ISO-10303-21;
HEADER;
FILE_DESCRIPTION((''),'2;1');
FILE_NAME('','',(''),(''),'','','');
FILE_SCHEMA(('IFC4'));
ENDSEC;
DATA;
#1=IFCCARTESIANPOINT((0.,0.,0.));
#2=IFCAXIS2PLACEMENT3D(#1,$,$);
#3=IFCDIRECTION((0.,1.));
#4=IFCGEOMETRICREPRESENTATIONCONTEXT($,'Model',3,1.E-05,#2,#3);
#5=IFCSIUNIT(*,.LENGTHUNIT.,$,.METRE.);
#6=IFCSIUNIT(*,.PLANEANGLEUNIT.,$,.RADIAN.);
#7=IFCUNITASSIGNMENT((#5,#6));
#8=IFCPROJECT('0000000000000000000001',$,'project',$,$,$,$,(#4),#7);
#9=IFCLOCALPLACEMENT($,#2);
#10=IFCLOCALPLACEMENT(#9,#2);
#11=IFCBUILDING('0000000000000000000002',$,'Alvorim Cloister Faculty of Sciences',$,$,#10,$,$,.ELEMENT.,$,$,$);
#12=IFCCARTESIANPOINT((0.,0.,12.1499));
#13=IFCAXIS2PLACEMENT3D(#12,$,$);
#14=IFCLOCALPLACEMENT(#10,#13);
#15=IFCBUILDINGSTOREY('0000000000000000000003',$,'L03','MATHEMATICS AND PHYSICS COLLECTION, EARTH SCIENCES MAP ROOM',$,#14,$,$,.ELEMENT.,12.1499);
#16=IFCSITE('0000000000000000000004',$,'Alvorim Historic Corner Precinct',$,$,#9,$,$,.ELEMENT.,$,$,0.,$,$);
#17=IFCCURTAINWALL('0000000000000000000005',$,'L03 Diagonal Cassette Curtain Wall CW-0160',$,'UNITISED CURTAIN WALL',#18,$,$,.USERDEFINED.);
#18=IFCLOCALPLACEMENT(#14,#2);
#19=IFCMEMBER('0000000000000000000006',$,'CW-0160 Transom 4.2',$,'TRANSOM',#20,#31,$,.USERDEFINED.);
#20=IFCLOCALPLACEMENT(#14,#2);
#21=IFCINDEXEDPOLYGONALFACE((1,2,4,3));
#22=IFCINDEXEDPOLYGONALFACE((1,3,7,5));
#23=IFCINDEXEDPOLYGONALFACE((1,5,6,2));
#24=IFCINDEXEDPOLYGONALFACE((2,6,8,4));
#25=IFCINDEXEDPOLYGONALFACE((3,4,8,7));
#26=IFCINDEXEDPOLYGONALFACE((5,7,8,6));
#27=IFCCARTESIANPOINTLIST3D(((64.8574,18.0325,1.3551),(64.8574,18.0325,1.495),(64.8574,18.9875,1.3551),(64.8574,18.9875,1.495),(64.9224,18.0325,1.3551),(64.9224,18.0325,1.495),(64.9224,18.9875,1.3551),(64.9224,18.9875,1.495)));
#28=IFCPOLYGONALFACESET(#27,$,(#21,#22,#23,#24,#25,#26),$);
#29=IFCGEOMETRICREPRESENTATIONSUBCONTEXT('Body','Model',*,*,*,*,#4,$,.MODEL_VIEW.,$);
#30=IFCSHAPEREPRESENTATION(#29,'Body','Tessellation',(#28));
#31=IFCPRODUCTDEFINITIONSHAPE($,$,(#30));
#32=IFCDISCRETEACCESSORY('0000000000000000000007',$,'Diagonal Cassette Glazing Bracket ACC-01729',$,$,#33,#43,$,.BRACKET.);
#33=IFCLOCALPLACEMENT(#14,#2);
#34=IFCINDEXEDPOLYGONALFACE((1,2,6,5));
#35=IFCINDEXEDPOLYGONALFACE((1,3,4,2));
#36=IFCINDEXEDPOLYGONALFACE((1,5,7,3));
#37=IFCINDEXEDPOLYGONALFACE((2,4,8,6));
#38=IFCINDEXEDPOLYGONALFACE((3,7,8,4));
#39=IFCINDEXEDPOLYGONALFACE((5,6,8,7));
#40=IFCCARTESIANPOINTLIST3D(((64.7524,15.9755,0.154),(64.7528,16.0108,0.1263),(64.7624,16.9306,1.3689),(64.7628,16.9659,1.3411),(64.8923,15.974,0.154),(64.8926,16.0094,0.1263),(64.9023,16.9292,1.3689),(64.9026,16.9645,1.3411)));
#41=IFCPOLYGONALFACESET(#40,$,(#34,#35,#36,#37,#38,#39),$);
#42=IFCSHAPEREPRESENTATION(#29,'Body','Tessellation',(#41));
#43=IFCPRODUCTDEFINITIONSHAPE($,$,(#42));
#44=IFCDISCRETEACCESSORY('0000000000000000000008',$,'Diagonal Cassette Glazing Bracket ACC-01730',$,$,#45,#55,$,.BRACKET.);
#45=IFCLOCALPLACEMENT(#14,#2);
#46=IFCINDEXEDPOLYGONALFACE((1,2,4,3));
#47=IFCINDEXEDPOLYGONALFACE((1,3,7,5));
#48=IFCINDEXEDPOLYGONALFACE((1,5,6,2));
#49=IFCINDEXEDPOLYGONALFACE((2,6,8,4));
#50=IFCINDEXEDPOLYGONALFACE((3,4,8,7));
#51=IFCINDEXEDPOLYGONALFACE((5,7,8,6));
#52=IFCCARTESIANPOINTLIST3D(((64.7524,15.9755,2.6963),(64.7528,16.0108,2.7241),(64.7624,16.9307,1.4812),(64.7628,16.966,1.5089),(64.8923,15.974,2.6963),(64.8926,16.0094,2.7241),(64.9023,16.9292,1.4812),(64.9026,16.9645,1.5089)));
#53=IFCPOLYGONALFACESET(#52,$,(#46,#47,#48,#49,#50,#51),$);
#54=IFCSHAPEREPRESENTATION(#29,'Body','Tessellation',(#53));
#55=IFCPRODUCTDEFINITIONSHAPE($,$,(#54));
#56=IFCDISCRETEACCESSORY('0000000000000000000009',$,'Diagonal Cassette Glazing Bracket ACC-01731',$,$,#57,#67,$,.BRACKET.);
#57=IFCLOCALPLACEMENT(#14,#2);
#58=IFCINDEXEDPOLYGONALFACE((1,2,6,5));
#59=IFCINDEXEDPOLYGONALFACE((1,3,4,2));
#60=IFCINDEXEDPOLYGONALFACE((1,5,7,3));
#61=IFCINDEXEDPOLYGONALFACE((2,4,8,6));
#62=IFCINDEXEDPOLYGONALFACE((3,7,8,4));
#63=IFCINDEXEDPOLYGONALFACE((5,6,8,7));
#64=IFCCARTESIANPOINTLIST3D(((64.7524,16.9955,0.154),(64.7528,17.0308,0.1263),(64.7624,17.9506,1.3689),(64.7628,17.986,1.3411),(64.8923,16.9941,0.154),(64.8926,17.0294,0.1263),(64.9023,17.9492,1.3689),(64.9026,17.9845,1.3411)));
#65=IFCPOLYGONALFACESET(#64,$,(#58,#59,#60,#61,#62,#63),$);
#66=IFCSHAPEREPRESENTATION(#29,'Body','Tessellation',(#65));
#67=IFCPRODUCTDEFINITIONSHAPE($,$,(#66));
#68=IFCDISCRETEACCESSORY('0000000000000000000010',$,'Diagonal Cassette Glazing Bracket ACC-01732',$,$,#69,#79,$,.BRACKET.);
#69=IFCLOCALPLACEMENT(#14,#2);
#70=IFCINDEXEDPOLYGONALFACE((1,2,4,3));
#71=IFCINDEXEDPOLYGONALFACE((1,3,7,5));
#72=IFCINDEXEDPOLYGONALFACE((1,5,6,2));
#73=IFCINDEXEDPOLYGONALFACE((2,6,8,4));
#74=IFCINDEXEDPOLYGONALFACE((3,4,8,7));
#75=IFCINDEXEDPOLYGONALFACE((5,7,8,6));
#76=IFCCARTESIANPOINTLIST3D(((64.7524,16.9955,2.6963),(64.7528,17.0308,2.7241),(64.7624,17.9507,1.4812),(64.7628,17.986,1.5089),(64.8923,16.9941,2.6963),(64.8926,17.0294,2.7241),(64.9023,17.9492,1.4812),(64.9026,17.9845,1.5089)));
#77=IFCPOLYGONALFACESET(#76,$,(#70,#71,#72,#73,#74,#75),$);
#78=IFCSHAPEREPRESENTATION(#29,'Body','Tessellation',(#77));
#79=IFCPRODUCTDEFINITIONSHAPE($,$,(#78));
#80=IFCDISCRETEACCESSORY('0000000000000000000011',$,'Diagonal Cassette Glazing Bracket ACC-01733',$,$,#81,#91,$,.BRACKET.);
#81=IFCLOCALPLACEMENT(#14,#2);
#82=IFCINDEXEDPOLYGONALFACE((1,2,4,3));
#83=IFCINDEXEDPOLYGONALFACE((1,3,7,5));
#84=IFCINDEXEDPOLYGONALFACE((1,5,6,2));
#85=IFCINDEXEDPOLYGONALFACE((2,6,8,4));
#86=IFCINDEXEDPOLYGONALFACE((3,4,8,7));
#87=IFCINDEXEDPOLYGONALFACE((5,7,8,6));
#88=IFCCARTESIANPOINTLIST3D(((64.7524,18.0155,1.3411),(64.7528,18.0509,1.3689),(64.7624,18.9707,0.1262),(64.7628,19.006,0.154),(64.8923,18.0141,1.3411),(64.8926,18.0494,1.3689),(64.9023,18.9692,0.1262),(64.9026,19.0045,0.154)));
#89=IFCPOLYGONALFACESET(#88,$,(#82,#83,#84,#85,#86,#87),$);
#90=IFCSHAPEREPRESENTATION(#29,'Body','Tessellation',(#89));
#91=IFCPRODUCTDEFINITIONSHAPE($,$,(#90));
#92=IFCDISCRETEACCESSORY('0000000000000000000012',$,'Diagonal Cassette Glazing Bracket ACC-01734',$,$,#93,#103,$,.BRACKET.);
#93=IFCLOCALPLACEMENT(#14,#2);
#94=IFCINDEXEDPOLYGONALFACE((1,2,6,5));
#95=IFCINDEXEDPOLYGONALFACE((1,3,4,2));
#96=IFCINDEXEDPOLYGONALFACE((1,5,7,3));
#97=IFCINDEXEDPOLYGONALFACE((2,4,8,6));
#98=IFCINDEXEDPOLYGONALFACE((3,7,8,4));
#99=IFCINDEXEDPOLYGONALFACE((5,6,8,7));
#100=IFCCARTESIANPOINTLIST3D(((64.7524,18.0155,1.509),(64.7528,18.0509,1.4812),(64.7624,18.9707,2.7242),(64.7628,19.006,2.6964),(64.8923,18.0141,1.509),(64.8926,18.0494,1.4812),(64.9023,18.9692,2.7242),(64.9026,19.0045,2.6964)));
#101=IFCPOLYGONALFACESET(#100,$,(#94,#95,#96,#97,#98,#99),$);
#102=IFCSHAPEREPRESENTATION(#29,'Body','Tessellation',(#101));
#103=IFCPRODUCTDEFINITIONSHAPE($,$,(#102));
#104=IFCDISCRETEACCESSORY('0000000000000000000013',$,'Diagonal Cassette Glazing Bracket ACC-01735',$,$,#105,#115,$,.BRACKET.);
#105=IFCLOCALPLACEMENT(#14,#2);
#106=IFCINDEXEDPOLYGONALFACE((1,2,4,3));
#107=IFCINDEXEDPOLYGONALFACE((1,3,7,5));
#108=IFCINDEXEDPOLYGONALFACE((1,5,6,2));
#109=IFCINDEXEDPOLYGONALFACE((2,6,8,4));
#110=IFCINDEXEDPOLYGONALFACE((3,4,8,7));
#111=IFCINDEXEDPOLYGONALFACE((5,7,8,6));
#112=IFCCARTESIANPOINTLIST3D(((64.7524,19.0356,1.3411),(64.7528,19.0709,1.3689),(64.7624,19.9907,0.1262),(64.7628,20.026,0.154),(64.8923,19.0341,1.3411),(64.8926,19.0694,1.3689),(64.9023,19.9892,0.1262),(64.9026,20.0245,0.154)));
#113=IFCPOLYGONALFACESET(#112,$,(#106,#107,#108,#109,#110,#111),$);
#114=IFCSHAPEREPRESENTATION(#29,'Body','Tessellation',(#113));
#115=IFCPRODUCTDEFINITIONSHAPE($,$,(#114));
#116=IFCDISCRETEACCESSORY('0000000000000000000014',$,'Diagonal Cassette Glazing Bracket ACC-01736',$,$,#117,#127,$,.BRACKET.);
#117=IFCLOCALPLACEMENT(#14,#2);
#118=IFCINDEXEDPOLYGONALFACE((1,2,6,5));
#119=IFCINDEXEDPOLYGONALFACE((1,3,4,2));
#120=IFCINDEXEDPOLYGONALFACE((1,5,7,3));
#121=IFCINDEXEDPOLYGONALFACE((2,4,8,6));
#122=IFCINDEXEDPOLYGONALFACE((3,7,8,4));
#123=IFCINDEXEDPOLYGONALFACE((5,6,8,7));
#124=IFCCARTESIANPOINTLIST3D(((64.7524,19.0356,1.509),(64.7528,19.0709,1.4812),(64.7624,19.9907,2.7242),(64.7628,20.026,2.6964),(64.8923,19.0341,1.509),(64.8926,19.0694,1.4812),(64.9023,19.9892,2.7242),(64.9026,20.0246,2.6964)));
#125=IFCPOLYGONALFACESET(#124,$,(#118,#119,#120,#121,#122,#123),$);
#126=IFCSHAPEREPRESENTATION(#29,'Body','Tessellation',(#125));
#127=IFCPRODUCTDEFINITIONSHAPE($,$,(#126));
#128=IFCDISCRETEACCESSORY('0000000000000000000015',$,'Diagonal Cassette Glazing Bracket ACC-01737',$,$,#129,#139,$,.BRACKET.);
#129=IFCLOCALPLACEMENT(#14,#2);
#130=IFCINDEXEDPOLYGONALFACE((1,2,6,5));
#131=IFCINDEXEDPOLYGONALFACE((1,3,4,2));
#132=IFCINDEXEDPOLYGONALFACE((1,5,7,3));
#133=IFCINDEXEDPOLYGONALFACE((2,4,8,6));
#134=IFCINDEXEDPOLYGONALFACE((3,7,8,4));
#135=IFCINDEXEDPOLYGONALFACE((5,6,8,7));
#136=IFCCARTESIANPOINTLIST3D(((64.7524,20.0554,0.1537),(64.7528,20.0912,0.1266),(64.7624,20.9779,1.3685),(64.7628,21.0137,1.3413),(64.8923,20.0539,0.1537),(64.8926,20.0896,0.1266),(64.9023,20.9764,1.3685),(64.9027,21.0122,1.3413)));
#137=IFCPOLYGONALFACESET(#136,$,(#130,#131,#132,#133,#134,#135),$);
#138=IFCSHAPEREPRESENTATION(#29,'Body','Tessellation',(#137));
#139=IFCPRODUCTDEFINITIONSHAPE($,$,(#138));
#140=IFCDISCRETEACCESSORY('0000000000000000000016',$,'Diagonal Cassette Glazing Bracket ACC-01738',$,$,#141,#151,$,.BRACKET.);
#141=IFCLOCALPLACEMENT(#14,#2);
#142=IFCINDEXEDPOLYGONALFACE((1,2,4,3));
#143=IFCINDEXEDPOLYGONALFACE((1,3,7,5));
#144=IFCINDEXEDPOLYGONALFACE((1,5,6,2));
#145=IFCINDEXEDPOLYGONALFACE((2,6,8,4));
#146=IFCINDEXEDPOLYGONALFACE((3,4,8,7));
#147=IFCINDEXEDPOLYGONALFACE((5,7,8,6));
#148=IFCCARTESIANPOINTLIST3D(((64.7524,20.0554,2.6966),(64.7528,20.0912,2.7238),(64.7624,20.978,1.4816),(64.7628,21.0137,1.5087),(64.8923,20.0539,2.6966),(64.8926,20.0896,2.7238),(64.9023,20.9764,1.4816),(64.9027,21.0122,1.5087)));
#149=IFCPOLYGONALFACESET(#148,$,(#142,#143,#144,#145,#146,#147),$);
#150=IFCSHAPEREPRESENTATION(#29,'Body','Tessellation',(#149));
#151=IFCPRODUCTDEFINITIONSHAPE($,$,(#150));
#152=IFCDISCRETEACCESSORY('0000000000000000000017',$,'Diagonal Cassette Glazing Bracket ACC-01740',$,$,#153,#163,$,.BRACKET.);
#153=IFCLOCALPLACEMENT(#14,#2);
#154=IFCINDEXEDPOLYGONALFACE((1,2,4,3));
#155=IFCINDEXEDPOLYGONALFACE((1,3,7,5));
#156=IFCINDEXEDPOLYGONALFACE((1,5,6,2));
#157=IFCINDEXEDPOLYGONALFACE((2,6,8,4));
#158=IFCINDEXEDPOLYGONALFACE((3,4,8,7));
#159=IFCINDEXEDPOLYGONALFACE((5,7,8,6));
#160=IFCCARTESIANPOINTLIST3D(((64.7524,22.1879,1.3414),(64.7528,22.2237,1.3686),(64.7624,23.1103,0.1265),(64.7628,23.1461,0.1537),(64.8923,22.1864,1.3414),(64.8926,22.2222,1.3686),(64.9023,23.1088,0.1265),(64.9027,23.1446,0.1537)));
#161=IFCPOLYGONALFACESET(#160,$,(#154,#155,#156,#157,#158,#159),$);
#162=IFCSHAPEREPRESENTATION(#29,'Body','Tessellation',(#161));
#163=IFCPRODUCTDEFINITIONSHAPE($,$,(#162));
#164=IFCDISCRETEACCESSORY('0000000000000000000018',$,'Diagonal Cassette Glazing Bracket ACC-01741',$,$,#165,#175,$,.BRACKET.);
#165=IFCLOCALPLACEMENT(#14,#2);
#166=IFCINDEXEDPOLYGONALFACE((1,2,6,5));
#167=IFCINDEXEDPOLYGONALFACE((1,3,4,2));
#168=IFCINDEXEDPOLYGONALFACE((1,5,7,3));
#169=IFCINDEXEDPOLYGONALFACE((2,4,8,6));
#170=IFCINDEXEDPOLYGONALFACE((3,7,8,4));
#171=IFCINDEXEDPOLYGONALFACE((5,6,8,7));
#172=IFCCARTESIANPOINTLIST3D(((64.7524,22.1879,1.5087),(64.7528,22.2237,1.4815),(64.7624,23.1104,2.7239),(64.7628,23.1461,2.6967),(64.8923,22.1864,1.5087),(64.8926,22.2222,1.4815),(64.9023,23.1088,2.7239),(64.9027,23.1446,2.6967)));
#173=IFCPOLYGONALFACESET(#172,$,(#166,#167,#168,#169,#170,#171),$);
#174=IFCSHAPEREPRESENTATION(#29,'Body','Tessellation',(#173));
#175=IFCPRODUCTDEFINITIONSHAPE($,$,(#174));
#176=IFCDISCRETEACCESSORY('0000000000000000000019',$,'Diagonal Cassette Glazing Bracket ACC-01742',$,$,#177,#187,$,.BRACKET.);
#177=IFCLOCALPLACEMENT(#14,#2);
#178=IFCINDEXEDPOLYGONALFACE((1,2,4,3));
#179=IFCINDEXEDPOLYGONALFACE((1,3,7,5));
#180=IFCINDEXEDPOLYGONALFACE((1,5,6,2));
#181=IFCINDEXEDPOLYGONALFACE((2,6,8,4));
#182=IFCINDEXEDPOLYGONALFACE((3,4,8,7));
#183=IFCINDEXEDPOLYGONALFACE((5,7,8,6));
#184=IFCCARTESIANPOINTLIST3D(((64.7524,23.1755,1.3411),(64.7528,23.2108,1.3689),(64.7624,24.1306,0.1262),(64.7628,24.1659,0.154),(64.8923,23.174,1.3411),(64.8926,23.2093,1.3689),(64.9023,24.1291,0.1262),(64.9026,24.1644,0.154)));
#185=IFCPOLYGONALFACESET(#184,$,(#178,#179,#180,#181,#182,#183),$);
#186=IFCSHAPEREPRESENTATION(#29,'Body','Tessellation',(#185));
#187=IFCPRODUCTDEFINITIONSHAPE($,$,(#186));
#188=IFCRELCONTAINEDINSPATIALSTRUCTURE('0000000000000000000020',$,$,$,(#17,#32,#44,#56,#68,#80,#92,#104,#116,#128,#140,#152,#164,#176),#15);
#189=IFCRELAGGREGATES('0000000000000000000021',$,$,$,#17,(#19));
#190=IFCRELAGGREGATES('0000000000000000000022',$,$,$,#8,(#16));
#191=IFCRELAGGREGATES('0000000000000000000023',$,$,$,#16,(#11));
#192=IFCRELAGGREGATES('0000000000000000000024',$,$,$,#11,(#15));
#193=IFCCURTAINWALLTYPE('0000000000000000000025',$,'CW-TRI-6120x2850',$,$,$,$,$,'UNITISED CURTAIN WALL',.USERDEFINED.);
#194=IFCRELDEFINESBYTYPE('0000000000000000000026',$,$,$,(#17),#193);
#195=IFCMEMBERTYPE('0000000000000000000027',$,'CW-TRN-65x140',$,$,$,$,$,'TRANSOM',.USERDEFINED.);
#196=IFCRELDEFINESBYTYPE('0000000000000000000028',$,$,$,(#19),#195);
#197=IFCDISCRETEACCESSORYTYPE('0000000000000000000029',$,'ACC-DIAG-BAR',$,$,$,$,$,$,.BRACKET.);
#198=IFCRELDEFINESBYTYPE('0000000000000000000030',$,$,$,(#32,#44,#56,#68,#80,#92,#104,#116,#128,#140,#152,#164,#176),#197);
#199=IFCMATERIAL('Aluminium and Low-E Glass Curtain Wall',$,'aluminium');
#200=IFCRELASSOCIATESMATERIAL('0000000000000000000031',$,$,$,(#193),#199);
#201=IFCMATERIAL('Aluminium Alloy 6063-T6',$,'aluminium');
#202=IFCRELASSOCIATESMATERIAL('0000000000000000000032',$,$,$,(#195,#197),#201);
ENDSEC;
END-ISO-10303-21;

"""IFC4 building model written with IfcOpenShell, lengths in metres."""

from ifc_helpers import new_model, si_unit, direction, frame, origin, origin_2d, place, context, subcontext, project, spatial, rectangle, extrude, material, material_profile, profile_set, type_object, element, aggregate, save


model = new_model("IFC4")

# Units and contexts
model_context = context("Model", 3, precision=1e-05, world=origin(), true_north=direction((0.0, 1.0)))
body_context = subcontext(model_context, "Body", "Model", "MODEL_VIEW")
ifc_project = project(units=[si_unit("LENGTHUNIT", "METRE"), si_unit("PLANEANGLEUNIT", "RADIAN")], contexts=[model_context])

# Site, building, storey
site_placement = place(None, origin())
site = spatial("IfcSite", under=ifc_project, at=site_placement, Name="Alvorim Historic Corner Precinct", CompositionType="ELEMENT", RefElevation=0.0)
building_placement = place(site_placement, origin())
building = spatial("IfcBuilding", under=site, at=building_placement, Name="Alvorim Cloister Faculty of Sciences", CompositionType="ELEMENT")
storey_placement = place(building_placement, frame((0.0, 0.0, 12.1499)))
storey = spatial("IfcBuildingStorey", under=building, at=storey_placement, Name="L03", Description="MATHEMATICS AND PHYSICS COLLECTION, EARTH SCIENCES MAP ROOM", CompositionType="ELEMENT", Elevation=12.1499)

# Curtain wall, member
ifc_material_1 = material(Name="Aluminium and Low-E Glass Curtain Wall", Category="aluminium")
curtain_wall_type = type_object("IfcCurtainWallType", Name="CW-TRI-6120x2850", ElementType="UNITISED CURTAIN WALL", PredefinedType="USERDEFINED", material=ifc_material_1)
curtain_wall_placement = place(storey_placement, origin())
curtain_wall = element("IfcCurtainWall", 1, at=curtain_wall_placement, inside=storey, type_object=curtain_wall_type, Name="L03 Diagonal Cassette Curtain Wall CW-0160", ObjectType="UNITISED CURTAIN WALL", PredefinedType="USERDEFINED")
ifc_material_2 = material(Name="Aluminium Alloy 6063-T6", Category="aluminium")
ifc_material_profile_1 = material_profile(ifc_material_2, rectangle(XDim=0.0649, YDim=0.1399, at=origin_2d()), Name="ALU-TRN-65x140")
ifc_profile_set_1 = profile_set([ifc_material_profile_1], Name="Aluminium Alloy 6063-T6")
member_type_1 = type_object("IfcMemberType", Name="CW-TRN-65x140", ElementType="TRANSOM", PredefinedType="USERDEFINED", material=ifc_profile_set_1)
member_1_placement = place(storey_placement, frame((64.8899, 18.0325, 1.425), z_axis=(0.0, 1.0, 0.0), x_axis=(-1.0, 0.0, 0.0)))
member_1 = element("IfcMember", 2, at=member_1_placement, type_object=member_type_1, Name="CW-0160 Transom 4.2", ObjectType="TRANSOM", PredefinedType="USERDEFINED", context=body_context, shape_type="SweptSolid", body=[
    extrude(rectangle(XDim=0.0649, YDim=0.1399, at=origin_2d()), origin(), (0.0, 0.0, 1.0), 0.9551),
])
aggregate(curtain_wall, [member_1])

# Discrete accessories
discrete_accessory_type = type_object("IfcDiscreteAccessoryType", Name="ACC-DIAG-BAR", PredefinedType="BRACKET", material=ifc_material_2)
discrete_accessory_1_placement = place(storey_placement, frame((64.8225, 15.9924, 0.1401), z_axis=(0.006477, 0.618032, 0.786126), x_axis=(-0.999945, 0.01048, 0.0)))
element("IfcDiscreteAccessory", 3, at=discrete_accessory_1_placement, inside=storey, type_object=discrete_accessory_type, Name="Diagonal Cassette Glazing Bracket ACC-01729", PredefinedType="BRACKET", context=body_context, shape_type="SweptSolid", body=[
    extrude(rectangle(XDim=0.1399, YDim=0.0449, at=origin_2d()), origin(), (0.0, 0.0, 1.0), 1.5454),
])
discrete_accessory_2_placement = place(storey_placement, frame((64.8225, 15.9924, 2.7102), z_axis=(0.006477, 0.617955, -0.786187), x_axis=(-0.999945, 0.01048, 0.0)))
element("IfcDiscreteAccessory", 4, at=discrete_accessory_2_placement, inside=storey, type_object=discrete_accessory_type, Name="Diagonal Cassette Glazing Bracket ACC-01730", PredefinedType="BRACKET", context=body_context, shape_type="SweptSolid", body=[
    extrude(rectangle(XDim=0.1399, YDim=0.0449, at=origin_2d()), origin(), (0.0, 0.0, 1.0), 1.5457),
])
discrete_accessory_3_placement = place(storey_placement, frame((64.8225, 17.0125, 0.1401), z_axis=(0.006477, 0.618032, 0.786126), x_axis=(-0.999945, 0.01048, 0.0)))
element("IfcDiscreteAccessory", 5, at=discrete_accessory_3_placement, inside=storey, type_object=discrete_accessory_type, Name="Diagonal Cassette Glazing Bracket ACC-01731", PredefinedType="BRACKET", context=body_context, shape_type="SweptSolid", body=[
    extrude(rectangle(XDim=0.1399, YDim=0.0449, at=origin_2d()), origin(), (0.0, 0.0, 1.0), 1.5454),
])
discrete_accessory_4_placement = place(storey_placement, frame((64.8225, 17.0125, 2.7102), z_axis=(0.006477, 0.617955, -0.786187), x_axis=(-0.999945, 0.01048, 0.0)))
element("IfcDiscreteAccessory", 6, at=discrete_accessory_4_placement, inside=storey, type_object=discrete_accessory_type, Name="Diagonal Cassette Glazing Bracket ACC-01732", PredefinedType="BRACKET", context=body_context, shape_type="SweptSolid", body=[
    extrude(rectangle(XDim=0.1399, YDim=0.0449, at=origin_2d()), origin(), (0.0, 0.0, 1.0), 1.5457),
])
discrete_accessory_5_placement = place(storey_placement, frame((64.8225, 18.0325, 1.355), z_axis=(0.006477, 0.618032, -0.786126), x_axis=(-0.999945, 0.01048, 0.0)))
element("IfcDiscreteAccessory", 7, at=discrete_accessory_5_placement, inside=storey, type_object=discrete_accessory_type, Name="Diagonal Cassette Glazing Bracket ACC-01733", PredefinedType="BRACKET", context=body_context, shape_type="SweptSolid", body=[
    extrude(rectangle(XDim=0.1399, YDim=0.0449, at=origin_2d()), origin(), (0.0, 0.0, 1.0), 1.5454),
])
discrete_accessory_6_placement = place(storey_placement, frame((64.8225, 18.0325, 1.4951), z_axis=(0.006477, 0.617955, 0.786187), x_axis=(-0.999945, 0.01048, 0.0)))
element("IfcDiscreteAccessory", 8, at=discrete_accessory_6_placement, inside=storey, type_object=discrete_accessory_type, Name="Diagonal Cassette Glazing Bracket ACC-01734", PredefinedType="BRACKET", context=body_context, shape_type="SweptSolid", body=[
    extrude(rectangle(XDim=0.1399, YDim=0.0449, at=origin_2d()), origin(), (0.0, 0.0, 1.0), 1.5457),
])
discrete_accessory_7_placement = place(storey_placement, frame((64.8225, 19.0525, 1.355), z_axis=(0.006477, 0.618032, -0.786126), x_axis=(-0.999945, 0.01048, 0.0)))
element("IfcDiscreteAccessory", 9, at=discrete_accessory_7_placement, inside=storey, type_object=discrete_accessory_type, Name="Diagonal Cassette Glazing Bracket ACC-01735", PredefinedType="BRACKET", context=body_context, shape_type="SweptSolid", body=[
    extrude(rectangle(XDim=0.1399, YDim=0.0449, at=origin_2d()), origin(), (0.0, 0.0, 1.0), 1.5454),
])
discrete_accessory_8_placement = place(storey_placement, frame((64.8225, 19.0525, 1.4951), z_axis=(0.006477, 0.617955, 0.786187), x_axis=(-0.999945, 0.01048, 0.0)))
element("IfcDiscreteAccessory", 10, at=discrete_accessory_8_placement, inside=storey, type_object=discrete_accessory_type, Name="Diagonal Cassette Glazing Bracket ACC-01736", PredefinedType="BRACKET", context=body_context, shape_type="SweptSolid", body=[
    extrude(rectangle(XDim=0.1399, YDim=0.0449, at=origin_2d()), origin(), (0.0, 0.0, 1.0), 1.5457),
])
discrete_accessory_9_placement = place(storey_placement, frame((64.8225, 20.0725, 0.1401), z_axis=(0.006562, 0.60479, 0.796358), x_axis=(-0.999941, 0.010849, 0.0)))
element("IfcDiscreteAccessory", 11, at=discrete_accessory_9_placement, inside=storey, type_object=discrete_accessory_type, Name="Diagonal Cassette Glazing Bracket ACC-01737", PredefinedType="BRACKET", context=body_context, shape_type="SweptSolid", body=[
    extrude(rectangle(XDim=0.1399, YDim=0.0449, at=origin_2d()), origin(), (0.0, 0.0, 1.0), 1.5254),
])
discrete_accessory_10_placement = place(storey_placement, frame((64.8225, 20.0725, 2.7102), z_axis=(0.006561, 0.604713, -0.796416), x_axis=(-0.999941, 0.010849, 0.0)))
element("IfcDiscreteAccessory", 12, at=discrete_accessory_10_placement, inside=storey, type_object=discrete_accessory_type, Name="Diagonal Cassette Glazing Bracket ACC-01738", PredefinedType="BRACKET", context=body_context, shape_type="SweptSolid", body=[
    extrude(rectangle(XDim=0.1399, YDim=0.0449, at=origin_2d()), origin(), (0.0, 0.0, 1.0), 1.5256),
])
discrete_accessory_11_placement = place(storey_placement, frame((64.8225, 22.2051, 1.355), z_axis=(0.006562, 0.604689, -0.796435), x_axis=(-0.999941, 0.010852, 0.0)))
element("IfcDiscreteAccessory", 13, at=discrete_accessory_11_placement, inside=storey, type_object=discrete_accessory_type, Name="Diagonal Cassette Glazing Bracket ACC-01740", PredefinedType="BRACKET", context=body_context, shape_type="SweptSolid", body=[
    extrude(rectangle(XDim=0.1399, YDim=0.0449, at=origin_2d()), origin(), (0.0, 0.0, 1.0), 1.5254),
])
discrete_accessory_12_placement = place(storey_placement, frame((64.8225, 22.2051, 1.4951), z_axis=(0.006561, 0.604612, 0.796493), x_axis=(-0.999941, 0.010852, 0.0)))
element("IfcDiscreteAccessory", 14, at=discrete_accessory_12_placement, inside=storey, type_object=discrete_accessory_type, Name="Diagonal Cassette Glazing Bracket ACC-01741", PredefinedType="BRACKET", context=body_context, shape_type="SweptSolid", body=[
    extrude(rectangle(XDim=0.1399, YDim=0.0449, at=origin_2d()), origin(), (0.0, 0.0, 1.0), 1.5256),
])
discrete_accessory_13_placement = place(storey_placement, frame((64.8225, 23.1924, 1.355), z_axis=(0.006477, 0.618032, -0.786126), x_axis=(-0.999945, 0.01048, 0.0)))
element("IfcDiscreteAccessory", 15, at=discrete_accessory_13_placement, inside=storey, type_object=discrete_accessory_type, Name="Diagonal Cassette Glazing Bracket ACC-01742", PredefinedType="BRACKET", context=body_context, shape_type="SweptSolid", body=[
    extrude(rectangle(XDim=0.1399, YDim=0.0449, at=origin_2d()), origin(), (0.0, 0.0, 1.0), 1.5454),
])

save(model, "model.ifc")
